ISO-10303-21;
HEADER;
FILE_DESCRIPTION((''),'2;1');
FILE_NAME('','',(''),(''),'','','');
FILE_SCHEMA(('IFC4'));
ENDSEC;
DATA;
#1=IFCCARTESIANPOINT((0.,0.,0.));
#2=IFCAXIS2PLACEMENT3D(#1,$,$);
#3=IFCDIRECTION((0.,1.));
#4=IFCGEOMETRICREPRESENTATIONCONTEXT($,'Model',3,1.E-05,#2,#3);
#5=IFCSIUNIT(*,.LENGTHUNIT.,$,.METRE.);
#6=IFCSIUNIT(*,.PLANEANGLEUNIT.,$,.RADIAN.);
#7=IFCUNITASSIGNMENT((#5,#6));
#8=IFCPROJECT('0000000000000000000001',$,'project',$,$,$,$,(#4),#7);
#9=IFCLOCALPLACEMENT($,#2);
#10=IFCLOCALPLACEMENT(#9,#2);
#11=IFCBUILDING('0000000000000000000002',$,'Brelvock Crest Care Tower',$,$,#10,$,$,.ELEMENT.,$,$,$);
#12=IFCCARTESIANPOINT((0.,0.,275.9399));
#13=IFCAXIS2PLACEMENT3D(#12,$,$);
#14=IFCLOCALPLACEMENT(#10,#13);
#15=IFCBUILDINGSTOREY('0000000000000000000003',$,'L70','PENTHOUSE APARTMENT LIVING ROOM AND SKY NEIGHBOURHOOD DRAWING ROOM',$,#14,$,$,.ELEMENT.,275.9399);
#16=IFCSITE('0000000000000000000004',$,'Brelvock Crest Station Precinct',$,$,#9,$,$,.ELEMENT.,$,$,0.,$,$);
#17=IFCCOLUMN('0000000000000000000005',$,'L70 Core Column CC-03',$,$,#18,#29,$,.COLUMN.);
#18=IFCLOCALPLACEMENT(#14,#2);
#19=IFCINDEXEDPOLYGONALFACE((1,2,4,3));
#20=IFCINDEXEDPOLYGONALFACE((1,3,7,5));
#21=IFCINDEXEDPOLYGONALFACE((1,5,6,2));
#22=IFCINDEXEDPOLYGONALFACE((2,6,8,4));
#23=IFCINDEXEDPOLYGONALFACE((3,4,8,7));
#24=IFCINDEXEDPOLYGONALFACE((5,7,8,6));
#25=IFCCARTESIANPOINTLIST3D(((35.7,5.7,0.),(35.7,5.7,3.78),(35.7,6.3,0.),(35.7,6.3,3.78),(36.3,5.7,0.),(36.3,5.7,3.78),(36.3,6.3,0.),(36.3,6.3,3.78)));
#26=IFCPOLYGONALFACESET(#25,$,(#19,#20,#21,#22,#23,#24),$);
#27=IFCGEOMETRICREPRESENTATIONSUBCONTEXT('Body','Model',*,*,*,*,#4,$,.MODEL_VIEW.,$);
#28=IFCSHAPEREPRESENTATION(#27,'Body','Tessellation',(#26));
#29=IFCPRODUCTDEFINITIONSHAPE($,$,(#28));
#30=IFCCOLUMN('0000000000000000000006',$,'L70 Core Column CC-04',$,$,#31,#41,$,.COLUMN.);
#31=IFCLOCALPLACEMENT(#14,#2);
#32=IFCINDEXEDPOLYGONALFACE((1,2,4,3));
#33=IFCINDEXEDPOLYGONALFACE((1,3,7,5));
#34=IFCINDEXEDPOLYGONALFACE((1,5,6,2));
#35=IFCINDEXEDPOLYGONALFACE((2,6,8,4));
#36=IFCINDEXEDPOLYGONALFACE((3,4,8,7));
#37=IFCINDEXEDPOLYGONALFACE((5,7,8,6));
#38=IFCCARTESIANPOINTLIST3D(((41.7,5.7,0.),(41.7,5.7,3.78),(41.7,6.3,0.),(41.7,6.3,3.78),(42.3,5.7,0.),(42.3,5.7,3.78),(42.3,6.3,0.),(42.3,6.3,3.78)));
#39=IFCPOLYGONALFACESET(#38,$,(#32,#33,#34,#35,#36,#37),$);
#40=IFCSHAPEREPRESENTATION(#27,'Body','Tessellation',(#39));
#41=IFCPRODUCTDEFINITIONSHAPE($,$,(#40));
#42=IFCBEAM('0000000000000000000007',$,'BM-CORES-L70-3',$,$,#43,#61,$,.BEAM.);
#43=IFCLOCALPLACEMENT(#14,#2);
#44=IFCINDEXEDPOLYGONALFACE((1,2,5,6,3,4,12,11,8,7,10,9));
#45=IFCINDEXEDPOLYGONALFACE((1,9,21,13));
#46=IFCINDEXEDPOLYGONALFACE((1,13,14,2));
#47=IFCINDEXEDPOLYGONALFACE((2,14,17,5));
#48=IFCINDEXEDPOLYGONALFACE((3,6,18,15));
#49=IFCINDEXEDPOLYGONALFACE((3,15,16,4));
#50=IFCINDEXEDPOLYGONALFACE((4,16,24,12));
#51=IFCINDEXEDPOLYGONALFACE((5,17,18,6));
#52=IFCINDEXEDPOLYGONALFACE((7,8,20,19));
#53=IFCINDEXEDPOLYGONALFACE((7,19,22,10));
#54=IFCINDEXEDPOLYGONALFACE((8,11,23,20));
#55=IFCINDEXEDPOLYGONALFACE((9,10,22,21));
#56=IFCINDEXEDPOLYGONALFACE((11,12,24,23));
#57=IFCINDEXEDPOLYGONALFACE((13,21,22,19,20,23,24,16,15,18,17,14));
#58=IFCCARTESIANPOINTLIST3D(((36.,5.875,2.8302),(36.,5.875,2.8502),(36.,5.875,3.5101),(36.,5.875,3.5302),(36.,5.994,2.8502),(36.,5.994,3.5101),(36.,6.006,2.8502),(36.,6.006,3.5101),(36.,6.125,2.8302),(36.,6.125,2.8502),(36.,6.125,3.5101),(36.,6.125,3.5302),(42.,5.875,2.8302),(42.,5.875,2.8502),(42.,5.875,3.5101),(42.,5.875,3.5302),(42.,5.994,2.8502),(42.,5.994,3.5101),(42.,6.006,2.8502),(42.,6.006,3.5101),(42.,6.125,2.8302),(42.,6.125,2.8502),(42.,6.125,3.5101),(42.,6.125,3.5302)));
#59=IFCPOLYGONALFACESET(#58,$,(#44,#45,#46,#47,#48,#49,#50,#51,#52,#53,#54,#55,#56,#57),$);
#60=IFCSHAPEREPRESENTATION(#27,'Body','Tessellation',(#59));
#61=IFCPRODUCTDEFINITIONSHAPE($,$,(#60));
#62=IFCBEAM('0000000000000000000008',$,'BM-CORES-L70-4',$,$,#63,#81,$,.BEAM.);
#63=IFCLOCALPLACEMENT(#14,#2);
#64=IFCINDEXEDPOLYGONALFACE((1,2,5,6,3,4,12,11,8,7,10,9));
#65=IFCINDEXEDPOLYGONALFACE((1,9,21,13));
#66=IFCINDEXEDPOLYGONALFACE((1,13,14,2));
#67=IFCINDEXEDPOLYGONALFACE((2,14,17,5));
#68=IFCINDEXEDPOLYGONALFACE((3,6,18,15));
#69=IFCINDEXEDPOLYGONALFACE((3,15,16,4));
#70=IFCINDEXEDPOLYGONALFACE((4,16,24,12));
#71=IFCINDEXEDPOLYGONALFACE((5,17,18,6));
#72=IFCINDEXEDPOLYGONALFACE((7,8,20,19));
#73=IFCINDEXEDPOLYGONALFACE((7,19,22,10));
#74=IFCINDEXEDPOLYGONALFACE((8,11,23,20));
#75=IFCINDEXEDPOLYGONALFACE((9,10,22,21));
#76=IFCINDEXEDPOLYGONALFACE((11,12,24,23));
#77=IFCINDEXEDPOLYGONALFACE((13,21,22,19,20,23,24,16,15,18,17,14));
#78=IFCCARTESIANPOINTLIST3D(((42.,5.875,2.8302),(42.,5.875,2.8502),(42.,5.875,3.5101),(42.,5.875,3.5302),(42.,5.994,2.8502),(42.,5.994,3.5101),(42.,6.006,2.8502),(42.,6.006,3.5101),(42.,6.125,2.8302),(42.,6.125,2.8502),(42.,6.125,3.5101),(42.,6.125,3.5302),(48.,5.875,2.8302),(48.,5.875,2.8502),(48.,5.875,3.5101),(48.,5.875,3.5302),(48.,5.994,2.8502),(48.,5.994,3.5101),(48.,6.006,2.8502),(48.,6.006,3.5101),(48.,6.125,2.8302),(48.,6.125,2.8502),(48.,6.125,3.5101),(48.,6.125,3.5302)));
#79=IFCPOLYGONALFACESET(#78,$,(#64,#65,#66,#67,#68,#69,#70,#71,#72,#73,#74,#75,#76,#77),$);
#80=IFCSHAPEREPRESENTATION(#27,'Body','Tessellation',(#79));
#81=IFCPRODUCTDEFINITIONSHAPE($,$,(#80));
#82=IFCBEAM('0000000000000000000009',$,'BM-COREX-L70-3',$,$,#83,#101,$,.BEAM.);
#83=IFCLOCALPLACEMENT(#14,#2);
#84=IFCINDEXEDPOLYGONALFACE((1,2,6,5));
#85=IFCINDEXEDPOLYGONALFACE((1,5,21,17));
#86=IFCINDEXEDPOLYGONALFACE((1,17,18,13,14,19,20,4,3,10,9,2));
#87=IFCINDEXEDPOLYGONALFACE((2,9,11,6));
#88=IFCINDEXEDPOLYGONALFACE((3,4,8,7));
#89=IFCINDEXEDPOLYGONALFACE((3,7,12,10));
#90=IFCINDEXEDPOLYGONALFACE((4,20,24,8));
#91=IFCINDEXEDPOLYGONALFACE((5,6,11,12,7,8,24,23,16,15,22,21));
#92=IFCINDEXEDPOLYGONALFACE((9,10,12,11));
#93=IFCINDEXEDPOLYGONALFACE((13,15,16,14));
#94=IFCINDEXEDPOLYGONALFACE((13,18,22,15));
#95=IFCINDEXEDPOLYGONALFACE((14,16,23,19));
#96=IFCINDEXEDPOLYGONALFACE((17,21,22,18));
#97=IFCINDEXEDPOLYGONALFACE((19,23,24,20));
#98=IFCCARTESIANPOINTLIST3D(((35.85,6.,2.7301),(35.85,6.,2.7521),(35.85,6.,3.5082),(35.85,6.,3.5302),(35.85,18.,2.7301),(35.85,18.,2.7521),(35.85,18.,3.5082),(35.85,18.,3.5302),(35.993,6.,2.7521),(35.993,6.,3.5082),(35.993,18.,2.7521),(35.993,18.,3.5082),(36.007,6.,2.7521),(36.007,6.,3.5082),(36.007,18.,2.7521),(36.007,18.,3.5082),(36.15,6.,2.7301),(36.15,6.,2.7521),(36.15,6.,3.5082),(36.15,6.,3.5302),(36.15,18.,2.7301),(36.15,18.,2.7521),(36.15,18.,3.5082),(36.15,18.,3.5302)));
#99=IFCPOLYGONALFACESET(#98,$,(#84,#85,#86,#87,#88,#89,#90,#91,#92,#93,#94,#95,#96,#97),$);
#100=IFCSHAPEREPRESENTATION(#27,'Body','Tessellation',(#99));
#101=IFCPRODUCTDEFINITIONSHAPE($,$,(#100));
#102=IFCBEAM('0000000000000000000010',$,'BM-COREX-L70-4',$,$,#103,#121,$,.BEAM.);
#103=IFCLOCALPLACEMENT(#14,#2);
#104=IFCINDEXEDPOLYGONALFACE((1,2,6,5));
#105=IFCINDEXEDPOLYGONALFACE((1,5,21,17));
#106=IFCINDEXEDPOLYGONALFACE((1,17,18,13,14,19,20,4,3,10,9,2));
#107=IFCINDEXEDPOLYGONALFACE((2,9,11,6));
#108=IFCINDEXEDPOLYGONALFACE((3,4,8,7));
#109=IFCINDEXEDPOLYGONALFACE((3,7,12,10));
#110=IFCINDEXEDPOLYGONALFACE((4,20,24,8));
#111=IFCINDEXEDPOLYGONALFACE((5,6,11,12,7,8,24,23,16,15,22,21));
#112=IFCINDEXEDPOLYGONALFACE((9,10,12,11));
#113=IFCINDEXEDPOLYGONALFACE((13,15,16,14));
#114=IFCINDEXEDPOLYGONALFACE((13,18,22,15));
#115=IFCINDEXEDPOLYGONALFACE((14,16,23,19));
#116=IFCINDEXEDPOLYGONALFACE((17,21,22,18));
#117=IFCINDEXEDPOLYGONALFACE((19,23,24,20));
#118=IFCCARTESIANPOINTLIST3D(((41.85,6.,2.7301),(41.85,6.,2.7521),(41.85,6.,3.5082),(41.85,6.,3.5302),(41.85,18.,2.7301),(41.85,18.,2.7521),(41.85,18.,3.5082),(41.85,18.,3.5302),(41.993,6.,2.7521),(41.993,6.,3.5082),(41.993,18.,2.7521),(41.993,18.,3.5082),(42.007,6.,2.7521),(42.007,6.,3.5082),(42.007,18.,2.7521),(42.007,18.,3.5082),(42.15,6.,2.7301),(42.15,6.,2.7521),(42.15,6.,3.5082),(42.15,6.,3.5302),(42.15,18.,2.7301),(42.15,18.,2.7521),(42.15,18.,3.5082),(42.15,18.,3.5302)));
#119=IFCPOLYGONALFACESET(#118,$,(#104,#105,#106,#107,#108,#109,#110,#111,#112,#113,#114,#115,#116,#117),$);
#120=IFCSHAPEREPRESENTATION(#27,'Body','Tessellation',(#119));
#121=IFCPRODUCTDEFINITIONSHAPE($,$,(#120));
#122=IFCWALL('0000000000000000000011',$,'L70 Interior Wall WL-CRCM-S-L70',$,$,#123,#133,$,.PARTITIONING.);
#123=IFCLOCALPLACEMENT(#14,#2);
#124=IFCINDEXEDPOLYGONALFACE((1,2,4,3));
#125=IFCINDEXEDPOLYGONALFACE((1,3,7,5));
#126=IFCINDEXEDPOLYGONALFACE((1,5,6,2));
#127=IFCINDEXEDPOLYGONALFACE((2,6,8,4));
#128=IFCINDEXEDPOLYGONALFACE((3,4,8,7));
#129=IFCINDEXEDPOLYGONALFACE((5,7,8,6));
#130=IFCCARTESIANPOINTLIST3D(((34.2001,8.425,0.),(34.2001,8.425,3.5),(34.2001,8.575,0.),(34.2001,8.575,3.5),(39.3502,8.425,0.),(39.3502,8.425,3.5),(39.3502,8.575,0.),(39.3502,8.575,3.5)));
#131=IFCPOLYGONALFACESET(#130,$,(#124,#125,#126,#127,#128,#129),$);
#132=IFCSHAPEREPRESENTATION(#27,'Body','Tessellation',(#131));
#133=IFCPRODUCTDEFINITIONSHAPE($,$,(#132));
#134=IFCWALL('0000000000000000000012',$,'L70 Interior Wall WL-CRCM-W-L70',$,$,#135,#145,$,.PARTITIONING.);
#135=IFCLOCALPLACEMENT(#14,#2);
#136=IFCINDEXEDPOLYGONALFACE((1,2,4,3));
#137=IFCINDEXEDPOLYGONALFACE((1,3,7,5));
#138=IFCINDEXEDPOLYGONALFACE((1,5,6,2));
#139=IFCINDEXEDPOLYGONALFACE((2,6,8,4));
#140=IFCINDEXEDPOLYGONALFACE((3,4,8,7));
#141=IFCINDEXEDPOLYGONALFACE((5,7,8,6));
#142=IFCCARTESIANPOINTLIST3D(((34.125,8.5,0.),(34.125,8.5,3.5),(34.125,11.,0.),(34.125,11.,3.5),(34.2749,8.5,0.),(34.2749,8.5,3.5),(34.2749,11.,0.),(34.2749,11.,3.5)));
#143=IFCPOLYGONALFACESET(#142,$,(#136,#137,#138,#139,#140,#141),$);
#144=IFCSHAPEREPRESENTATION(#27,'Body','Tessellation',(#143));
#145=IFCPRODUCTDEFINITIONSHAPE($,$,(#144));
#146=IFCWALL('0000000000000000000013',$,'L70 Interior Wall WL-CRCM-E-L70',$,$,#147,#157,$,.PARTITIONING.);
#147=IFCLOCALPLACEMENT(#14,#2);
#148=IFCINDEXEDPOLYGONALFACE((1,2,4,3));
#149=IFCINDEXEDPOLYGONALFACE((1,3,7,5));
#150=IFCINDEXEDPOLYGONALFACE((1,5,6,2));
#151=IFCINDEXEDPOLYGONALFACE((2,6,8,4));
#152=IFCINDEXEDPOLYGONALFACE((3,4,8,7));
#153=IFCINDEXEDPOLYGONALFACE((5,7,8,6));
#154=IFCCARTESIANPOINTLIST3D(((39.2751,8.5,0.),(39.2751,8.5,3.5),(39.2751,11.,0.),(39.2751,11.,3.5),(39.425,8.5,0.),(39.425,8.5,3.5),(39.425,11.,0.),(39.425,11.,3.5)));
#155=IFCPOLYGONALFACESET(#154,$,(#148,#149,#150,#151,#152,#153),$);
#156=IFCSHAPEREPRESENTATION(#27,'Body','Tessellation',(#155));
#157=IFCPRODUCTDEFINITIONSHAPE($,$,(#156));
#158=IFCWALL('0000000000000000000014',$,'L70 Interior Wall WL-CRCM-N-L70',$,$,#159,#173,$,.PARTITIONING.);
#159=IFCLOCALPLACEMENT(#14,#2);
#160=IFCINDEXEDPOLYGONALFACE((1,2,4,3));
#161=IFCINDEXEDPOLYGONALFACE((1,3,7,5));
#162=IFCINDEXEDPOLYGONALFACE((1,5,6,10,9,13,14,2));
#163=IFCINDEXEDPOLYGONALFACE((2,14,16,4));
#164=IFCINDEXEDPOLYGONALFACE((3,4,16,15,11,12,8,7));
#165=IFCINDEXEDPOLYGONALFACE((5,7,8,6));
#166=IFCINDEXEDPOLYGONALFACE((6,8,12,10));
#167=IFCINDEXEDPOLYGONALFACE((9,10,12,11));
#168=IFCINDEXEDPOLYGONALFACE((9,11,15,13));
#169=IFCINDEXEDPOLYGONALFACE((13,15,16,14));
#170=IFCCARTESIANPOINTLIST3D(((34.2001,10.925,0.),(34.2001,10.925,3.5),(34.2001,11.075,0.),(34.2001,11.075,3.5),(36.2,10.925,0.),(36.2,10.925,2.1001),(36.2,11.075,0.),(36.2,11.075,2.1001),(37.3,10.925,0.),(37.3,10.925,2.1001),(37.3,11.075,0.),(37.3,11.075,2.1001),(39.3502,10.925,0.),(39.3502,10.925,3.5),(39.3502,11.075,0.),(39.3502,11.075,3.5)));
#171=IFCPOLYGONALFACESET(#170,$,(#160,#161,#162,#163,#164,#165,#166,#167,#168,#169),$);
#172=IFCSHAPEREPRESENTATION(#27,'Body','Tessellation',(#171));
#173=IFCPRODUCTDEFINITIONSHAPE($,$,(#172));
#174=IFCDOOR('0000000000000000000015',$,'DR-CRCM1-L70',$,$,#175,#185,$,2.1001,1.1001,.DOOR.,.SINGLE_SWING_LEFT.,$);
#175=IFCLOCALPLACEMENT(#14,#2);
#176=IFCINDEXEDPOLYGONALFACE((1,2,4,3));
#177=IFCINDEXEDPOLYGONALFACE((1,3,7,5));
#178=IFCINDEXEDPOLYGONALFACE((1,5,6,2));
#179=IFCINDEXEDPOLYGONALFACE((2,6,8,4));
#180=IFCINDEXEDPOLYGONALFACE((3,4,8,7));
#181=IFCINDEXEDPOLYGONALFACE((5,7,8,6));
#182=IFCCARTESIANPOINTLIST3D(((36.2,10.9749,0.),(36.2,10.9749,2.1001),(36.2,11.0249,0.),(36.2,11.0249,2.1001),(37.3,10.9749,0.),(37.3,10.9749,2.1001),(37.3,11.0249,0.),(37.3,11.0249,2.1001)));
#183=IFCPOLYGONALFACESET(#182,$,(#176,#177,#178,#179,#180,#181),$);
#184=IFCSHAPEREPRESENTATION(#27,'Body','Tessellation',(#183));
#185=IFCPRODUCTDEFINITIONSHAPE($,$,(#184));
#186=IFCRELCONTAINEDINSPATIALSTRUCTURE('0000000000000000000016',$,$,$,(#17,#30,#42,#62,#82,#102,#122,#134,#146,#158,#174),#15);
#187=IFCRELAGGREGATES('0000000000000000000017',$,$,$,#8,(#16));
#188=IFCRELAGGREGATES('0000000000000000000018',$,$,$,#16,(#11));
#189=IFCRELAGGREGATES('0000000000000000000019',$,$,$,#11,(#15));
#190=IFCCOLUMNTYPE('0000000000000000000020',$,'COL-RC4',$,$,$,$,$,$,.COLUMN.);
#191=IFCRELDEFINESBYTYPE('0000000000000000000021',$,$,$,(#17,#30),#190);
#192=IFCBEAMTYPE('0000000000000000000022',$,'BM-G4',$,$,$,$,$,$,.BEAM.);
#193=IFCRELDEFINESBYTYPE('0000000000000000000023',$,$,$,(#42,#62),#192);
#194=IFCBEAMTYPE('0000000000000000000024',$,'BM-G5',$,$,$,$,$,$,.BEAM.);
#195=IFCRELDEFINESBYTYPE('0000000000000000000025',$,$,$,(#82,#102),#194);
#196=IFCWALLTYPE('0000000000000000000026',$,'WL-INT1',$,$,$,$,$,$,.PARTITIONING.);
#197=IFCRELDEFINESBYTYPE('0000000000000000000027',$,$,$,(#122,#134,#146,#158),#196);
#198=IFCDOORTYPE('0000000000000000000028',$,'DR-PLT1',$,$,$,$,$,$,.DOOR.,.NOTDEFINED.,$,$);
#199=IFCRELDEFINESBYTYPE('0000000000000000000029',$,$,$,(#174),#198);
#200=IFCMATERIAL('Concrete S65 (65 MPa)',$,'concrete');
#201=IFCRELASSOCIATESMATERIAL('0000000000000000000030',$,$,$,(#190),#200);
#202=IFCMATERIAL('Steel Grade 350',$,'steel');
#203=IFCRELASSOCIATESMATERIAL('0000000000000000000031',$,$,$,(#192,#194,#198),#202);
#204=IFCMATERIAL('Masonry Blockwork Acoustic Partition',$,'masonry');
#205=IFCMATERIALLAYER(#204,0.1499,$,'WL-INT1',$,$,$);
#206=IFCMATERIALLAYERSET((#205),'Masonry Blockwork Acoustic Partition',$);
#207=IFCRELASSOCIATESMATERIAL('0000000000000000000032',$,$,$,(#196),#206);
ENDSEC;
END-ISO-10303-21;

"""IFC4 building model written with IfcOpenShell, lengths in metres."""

from ifc_helpers import new_model, si_unit, direction, frame, frame_2d, origin, origin_2d, place, context, subcontext, project, spatial, rectangle, i_section, extrude, source, transform, mapped, material, layer, layer_set, material_profile, profile_set, type_object, element, fill, save


model = new_model("IFC4")

# Units and contexts
model_context = context("Model", 3, precision=1e-05, world=origin(), true_north=direction((0.0, 1.0)))
body_context = subcontext(model_context, "Body", "Model", "MODEL_VIEW")
ifc_project = project(units=[si_unit("LENGTHUNIT", "METRE"), si_unit("PLANEANGLEUNIT", "RADIAN")], contexts=[model_context])

# Site, building, storey
site_placement = place(None, origin())
site = spatial("IfcSite", under=ifc_project, at=site_placement, Name="Brelvock Crest Station Precinct", CompositionType="ELEMENT", RefElevation=0.0)
building_placement = place(site_placement, origin())
building = spatial("IfcBuilding", under=site, at=building_placement, Name="Brelvock Crest Care Tower", CompositionType="ELEMENT")
storey_placement = place(building_placement, frame((0.0, 0.0, 275.9399)))
storey = spatial("IfcBuildingStorey", under=building, at=storey_placement, Name="L70", Description="PENTHOUSE APARTMENT LIVING ROOM AND SKY NEIGHBOURHOOD DRAWING ROOM", CompositionType="ELEMENT", Elevation=275.9399)

# Columns
ifc_material_1 = material(Name="Concrete S65 (65 MPa)", Category="concrete")
ifc_material_profile_1 = material_profile(ifc_material_1, rectangle(XDim=0.6001, YDim=0.6001, at=origin_2d()), Name="RC600x600")
ifc_profile_set_1 = profile_set([ifc_material_profile_1], Name="Concrete S65 (65 MPa)")
column_type = type_object("IfcColumnType", Name="COL-RC4", PredefinedType="COLUMN", material=ifc_profile_set_1)
shared_shape_1 = source(origin(), body_context, "Body", "SweptSolid", [
    extrude(rectangle(XDim=0.6001, YDim=0.6001, at=origin_2d()), origin(), (0.0, 0.0, 1.0), 3.78),
])
for number, where, z_axis, x_axis, name in (
    (1, (36.0, 6.0, 0.0), (0.0, 0.0, 1.0), (1.0, 0.0, 0.0), "L70 Core Column CC-03"),
    (2, (42.0, 6.0, 0.0), (0.0, 0.0, 1.0), (1.0, 0.0, 0.0), "L70 Core Column CC-04"),
):
    element("IfcColumn", number, at=place(storey_placement, frame(where, z_axis=z_axis, x_axis=x_axis)), inside=storey, type_object=column_type, Name=name, PredefinedType="COLUMN", context=body_context, shape_type="MappedRepresentation", body=[
        mapped(shared_shape_1, transform((0.0, 0.0, 0.0), x_axis=(1.0, 0.0, 0.0), y_axis=(0.0, 1.0, 0.0), z_axis=(0.0, 0.0, 1.0), scale=1.0)),
    ])

# Beams
ifc_material_2 = material(Name="Steel Grade 350", Category="steel")
ifc_material_profile_2 = material_profile(ifc_material_2, i_section(OverallWidth=0.25, OverallDepth=0.7, WebThickness=0.012, FlangeThickness=0.02, at=origin_2d()), Name="700WB150")
ifc_profile_set_2 = profile_set([ifc_material_profile_2], Name="Steel Grade 350")
beam_type_1 = type_object("IfcBeamType", Name="BM-G4", PredefinedType="BEAM", material=ifc_profile_set_2)
shared_shape_2 = source(origin(), body_context, "Body", "SweptSolid", [
    extrude(i_section(OverallWidth=0.25, OverallDepth=0.7, WebThickness=0.012, FlangeThickness=0.02, at=origin_2d()), origin(), (0.0, 0.0, 1.0), 6.0),
])
for number, where, z_axis, x_axis, name in (
    (3, (36.0, 6.0, 3.1802), (1.0, 0.0, 0.0), (0.0, 1.0, 0.0), "BM-CORES-L70-3"),
    (4, (42.0, 6.0, 3.1802), (1.0, 0.0, 0.0), (0.0, 1.0, 0.0), "BM-CORES-L70-4"),
):
    element("IfcBeam", number, at=place(storey_placement, frame(where, z_axis=z_axis, x_axis=x_axis)), inside=storey, type_object=beam_type_1, Name=name, PredefinedType="BEAM", context=body_context, shape_type="MappedRepresentation", body=[
        mapped(shared_shape_2, transform((0.0, 0.0, 0.0), x_axis=(1.0, 0.0, 0.0), y_axis=(0.0, 1.0, 0.0), z_axis=(0.0, 0.0, 1.0), scale=1.0)),
    ])
ifc_material_profile_3 = material_profile(ifc_material_2, i_section(OverallWidth=0.3, OverallDepth=0.8, WebThickness=0.0139, FlangeThickness=0.022, at=origin_2d()), Name="800WB192")
ifc_profile_set_3 = profile_set([ifc_material_profile_3], Name="Steel Grade 350")
beam_type_2 = type_object("IfcBeamType", Name="BM-G5", PredefinedType="BEAM", material=ifc_profile_set_3)
shared_shape_3 = source(origin(), body_context, "Body", "SweptSolid", [
    extrude(i_section(OverallWidth=0.3, OverallDepth=0.8, WebThickness=0.0139, FlangeThickness=0.022, at=origin_2d()), origin(), (0.0, 0.0, 1.0), 12.0),
])
for number, where, z_axis, x_axis, name in (
    (5, (36.0, 6.0, 3.1301), (0.0, 1.0, 0.0), (-1.0, 0.0, 0.0), "BM-COREX-L70-3"),
    (6, (42.0, 6.0, 3.1301), (0.0, 1.0, 0.0), (-1.0, 0.0, 0.0), "BM-COREX-L70-4"),
):
    element("IfcBeam", number, at=place(storey_placement, frame(where, z_axis=z_axis, x_axis=x_axis)), inside=storey, type_object=beam_type_2, Name=name, PredefinedType="BEAM", context=body_context, shape_type="MappedRepresentation", body=[
        mapped(shared_shape_3, transform((0.0, 0.0, 0.0), x_axis=(1.0, 0.0, 0.0), y_axis=(0.0, 1.0, 0.0), z_axis=(0.0, 0.0, 1.0), scale=1.0)),
    ])

# Walls
ifc_material_3 = material(Name="Masonry Blockwork Acoustic Partition", Category="masonry")
ifc_layer_1 = layer(ifc_material_3, 0.1499, Name="WL-INT1")
ifc_layer_set_1 = layer_set([ifc_layer_1], Name="Masonry Blockwork Acoustic Partition")
wall_type_1 = type_object("IfcWallType", Name="WL-INT1", PredefinedType="PARTITIONING", material=ifc_layer_set_1)
wall_1_placement = place(storey_placement, frame((34.2, 8.5, 0.0), z_axis=(0.0, 0.0, 1.0), x_axis=(1.0, 0.0, 0.0)))
element("IfcWall", 7, at=wall_1_placement, inside=storey, type_object=wall_type_1, Name="L70 Interior Wall WL-CRCM-S-L70", PredefinedType="PARTITIONING", context=body_context, shape_type="SweptSolid", body=[
    extrude(rectangle(XDim=5.1501, YDim=0.1499, at=frame_2d((2.5752, 0.0))), origin(), (0.0, 0.0, 1.0), 3.5),
])
for number, where, z_axis, x_axis, name in (
    (8, (34.2, 8.5, 0.0), (0.0, 0.0, 1.0), (0.0, 1.0, 0.0), "L70 Interior Wall WL-CRCM-W-L70"),
    (9, (39.3501, 8.5, 0.0), (0.0, 0.0, 1.0), (0.0, 1.0, 0.0), "L70 Interior Wall WL-CRCM-E-L70"),
):
    element("IfcWall", number, at=place(storey_placement, frame(where, z_axis=z_axis, x_axis=x_axis)), inside=storey, type_object=wall_type_1, Name=name, PredefinedType="PARTITIONING", context=body_context, shape_type="SweptSolid", body=[
        extrude(rectangle(XDim=2.5, YDim=0.1499, at=frame_2d((1.25, 0.0))), origin(), (0.0, 0.0, 1.0), 3.5),
    ])

# Wall, opening, door
wall_2_placement = place(storey_placement, frame((34.2, 11.0, 0.0), z_axis=(0.0, 0.0, 1.0), x_axis=(1.0, 0.0, 0.0)))
wall_2 = element("IfcWall", 10, at=wall_2_placement, inside=storey, type_object=wall_type_1, Name="L70 Interior Wall WL-CRCM-N-L70", PredefinedType="PARTITIONING", context=body_context, shape_type="SweptSolid", body=[
    extrude(rectangle(XDim=5.1501, YDim=0.1499, at=frame_2d((2.5752, 0.0))), origin(), (0.0, 0.0, 1.0), 3.5),
])
opening_1_placement = place(wall_2_placement, frame((2.0, 0.0, 0.0)))
opening_1 = element("IfcOpeningElement", 11, at=opening_1_placement, cuts=wall_2, PredefinedType="OPENING", context=body_context, shape_type="SweptSolid", body=[
    extrude(rectangle(XDim=1.1001, YDim=2.1001, at=origin_2d()), frame((0.55, 0.085, 1.05), z_axis=(0.0, -1.0, 0.0), x_axis=(1.0, 0.0, 0.0)), (0.0, 0.0, 1.0), 0.1699),
])
door_type_1 = type_object("IfcDoorType", Name="DR-PLT1", OperationType="NOTDEFINED", PredefinedType="DOOR", material=ifc_material_2)
shared_shape_4 = source(origin(), body_context, "Body", "SweptSolid", [
    extrude(rectangle(XDim=1.1001, YDim=2.1001, at=origin_2d()), frame((0.55, 0.0249, 1.05), z_axis=(0.0, -1.0, 0.0), x_axis=(1.0, 0.0, 0.0)), (0.0, 0.0, 1.0), 0.05),
])
door_1_placement = place(opening_1_placement, origin())
door_1 = element("IfcDoor", 12, at=door_1_placement, inside=storey, type_object=door_type_1, Name="DR-CRCM1-L70", OperationType="SINGLE_SWING_LEFT", OverallHeight=2.1001, OverallWidth=1.1001, PredefinedType="DOOR", context=body_context, shape_type="MappedRepresentation", body=[
    mapped(shared_shape_4, transform((0.0, 0.0, 0.0), x_axis=(1.0, 0.0, 0.0), y_axis=(0.0, 1.0, 0.0), z_axis=(0.0, 0.0, 1.0), scale=1.0)),
])
fill(opening_1, door_1)

save(model, "model.ifc")
